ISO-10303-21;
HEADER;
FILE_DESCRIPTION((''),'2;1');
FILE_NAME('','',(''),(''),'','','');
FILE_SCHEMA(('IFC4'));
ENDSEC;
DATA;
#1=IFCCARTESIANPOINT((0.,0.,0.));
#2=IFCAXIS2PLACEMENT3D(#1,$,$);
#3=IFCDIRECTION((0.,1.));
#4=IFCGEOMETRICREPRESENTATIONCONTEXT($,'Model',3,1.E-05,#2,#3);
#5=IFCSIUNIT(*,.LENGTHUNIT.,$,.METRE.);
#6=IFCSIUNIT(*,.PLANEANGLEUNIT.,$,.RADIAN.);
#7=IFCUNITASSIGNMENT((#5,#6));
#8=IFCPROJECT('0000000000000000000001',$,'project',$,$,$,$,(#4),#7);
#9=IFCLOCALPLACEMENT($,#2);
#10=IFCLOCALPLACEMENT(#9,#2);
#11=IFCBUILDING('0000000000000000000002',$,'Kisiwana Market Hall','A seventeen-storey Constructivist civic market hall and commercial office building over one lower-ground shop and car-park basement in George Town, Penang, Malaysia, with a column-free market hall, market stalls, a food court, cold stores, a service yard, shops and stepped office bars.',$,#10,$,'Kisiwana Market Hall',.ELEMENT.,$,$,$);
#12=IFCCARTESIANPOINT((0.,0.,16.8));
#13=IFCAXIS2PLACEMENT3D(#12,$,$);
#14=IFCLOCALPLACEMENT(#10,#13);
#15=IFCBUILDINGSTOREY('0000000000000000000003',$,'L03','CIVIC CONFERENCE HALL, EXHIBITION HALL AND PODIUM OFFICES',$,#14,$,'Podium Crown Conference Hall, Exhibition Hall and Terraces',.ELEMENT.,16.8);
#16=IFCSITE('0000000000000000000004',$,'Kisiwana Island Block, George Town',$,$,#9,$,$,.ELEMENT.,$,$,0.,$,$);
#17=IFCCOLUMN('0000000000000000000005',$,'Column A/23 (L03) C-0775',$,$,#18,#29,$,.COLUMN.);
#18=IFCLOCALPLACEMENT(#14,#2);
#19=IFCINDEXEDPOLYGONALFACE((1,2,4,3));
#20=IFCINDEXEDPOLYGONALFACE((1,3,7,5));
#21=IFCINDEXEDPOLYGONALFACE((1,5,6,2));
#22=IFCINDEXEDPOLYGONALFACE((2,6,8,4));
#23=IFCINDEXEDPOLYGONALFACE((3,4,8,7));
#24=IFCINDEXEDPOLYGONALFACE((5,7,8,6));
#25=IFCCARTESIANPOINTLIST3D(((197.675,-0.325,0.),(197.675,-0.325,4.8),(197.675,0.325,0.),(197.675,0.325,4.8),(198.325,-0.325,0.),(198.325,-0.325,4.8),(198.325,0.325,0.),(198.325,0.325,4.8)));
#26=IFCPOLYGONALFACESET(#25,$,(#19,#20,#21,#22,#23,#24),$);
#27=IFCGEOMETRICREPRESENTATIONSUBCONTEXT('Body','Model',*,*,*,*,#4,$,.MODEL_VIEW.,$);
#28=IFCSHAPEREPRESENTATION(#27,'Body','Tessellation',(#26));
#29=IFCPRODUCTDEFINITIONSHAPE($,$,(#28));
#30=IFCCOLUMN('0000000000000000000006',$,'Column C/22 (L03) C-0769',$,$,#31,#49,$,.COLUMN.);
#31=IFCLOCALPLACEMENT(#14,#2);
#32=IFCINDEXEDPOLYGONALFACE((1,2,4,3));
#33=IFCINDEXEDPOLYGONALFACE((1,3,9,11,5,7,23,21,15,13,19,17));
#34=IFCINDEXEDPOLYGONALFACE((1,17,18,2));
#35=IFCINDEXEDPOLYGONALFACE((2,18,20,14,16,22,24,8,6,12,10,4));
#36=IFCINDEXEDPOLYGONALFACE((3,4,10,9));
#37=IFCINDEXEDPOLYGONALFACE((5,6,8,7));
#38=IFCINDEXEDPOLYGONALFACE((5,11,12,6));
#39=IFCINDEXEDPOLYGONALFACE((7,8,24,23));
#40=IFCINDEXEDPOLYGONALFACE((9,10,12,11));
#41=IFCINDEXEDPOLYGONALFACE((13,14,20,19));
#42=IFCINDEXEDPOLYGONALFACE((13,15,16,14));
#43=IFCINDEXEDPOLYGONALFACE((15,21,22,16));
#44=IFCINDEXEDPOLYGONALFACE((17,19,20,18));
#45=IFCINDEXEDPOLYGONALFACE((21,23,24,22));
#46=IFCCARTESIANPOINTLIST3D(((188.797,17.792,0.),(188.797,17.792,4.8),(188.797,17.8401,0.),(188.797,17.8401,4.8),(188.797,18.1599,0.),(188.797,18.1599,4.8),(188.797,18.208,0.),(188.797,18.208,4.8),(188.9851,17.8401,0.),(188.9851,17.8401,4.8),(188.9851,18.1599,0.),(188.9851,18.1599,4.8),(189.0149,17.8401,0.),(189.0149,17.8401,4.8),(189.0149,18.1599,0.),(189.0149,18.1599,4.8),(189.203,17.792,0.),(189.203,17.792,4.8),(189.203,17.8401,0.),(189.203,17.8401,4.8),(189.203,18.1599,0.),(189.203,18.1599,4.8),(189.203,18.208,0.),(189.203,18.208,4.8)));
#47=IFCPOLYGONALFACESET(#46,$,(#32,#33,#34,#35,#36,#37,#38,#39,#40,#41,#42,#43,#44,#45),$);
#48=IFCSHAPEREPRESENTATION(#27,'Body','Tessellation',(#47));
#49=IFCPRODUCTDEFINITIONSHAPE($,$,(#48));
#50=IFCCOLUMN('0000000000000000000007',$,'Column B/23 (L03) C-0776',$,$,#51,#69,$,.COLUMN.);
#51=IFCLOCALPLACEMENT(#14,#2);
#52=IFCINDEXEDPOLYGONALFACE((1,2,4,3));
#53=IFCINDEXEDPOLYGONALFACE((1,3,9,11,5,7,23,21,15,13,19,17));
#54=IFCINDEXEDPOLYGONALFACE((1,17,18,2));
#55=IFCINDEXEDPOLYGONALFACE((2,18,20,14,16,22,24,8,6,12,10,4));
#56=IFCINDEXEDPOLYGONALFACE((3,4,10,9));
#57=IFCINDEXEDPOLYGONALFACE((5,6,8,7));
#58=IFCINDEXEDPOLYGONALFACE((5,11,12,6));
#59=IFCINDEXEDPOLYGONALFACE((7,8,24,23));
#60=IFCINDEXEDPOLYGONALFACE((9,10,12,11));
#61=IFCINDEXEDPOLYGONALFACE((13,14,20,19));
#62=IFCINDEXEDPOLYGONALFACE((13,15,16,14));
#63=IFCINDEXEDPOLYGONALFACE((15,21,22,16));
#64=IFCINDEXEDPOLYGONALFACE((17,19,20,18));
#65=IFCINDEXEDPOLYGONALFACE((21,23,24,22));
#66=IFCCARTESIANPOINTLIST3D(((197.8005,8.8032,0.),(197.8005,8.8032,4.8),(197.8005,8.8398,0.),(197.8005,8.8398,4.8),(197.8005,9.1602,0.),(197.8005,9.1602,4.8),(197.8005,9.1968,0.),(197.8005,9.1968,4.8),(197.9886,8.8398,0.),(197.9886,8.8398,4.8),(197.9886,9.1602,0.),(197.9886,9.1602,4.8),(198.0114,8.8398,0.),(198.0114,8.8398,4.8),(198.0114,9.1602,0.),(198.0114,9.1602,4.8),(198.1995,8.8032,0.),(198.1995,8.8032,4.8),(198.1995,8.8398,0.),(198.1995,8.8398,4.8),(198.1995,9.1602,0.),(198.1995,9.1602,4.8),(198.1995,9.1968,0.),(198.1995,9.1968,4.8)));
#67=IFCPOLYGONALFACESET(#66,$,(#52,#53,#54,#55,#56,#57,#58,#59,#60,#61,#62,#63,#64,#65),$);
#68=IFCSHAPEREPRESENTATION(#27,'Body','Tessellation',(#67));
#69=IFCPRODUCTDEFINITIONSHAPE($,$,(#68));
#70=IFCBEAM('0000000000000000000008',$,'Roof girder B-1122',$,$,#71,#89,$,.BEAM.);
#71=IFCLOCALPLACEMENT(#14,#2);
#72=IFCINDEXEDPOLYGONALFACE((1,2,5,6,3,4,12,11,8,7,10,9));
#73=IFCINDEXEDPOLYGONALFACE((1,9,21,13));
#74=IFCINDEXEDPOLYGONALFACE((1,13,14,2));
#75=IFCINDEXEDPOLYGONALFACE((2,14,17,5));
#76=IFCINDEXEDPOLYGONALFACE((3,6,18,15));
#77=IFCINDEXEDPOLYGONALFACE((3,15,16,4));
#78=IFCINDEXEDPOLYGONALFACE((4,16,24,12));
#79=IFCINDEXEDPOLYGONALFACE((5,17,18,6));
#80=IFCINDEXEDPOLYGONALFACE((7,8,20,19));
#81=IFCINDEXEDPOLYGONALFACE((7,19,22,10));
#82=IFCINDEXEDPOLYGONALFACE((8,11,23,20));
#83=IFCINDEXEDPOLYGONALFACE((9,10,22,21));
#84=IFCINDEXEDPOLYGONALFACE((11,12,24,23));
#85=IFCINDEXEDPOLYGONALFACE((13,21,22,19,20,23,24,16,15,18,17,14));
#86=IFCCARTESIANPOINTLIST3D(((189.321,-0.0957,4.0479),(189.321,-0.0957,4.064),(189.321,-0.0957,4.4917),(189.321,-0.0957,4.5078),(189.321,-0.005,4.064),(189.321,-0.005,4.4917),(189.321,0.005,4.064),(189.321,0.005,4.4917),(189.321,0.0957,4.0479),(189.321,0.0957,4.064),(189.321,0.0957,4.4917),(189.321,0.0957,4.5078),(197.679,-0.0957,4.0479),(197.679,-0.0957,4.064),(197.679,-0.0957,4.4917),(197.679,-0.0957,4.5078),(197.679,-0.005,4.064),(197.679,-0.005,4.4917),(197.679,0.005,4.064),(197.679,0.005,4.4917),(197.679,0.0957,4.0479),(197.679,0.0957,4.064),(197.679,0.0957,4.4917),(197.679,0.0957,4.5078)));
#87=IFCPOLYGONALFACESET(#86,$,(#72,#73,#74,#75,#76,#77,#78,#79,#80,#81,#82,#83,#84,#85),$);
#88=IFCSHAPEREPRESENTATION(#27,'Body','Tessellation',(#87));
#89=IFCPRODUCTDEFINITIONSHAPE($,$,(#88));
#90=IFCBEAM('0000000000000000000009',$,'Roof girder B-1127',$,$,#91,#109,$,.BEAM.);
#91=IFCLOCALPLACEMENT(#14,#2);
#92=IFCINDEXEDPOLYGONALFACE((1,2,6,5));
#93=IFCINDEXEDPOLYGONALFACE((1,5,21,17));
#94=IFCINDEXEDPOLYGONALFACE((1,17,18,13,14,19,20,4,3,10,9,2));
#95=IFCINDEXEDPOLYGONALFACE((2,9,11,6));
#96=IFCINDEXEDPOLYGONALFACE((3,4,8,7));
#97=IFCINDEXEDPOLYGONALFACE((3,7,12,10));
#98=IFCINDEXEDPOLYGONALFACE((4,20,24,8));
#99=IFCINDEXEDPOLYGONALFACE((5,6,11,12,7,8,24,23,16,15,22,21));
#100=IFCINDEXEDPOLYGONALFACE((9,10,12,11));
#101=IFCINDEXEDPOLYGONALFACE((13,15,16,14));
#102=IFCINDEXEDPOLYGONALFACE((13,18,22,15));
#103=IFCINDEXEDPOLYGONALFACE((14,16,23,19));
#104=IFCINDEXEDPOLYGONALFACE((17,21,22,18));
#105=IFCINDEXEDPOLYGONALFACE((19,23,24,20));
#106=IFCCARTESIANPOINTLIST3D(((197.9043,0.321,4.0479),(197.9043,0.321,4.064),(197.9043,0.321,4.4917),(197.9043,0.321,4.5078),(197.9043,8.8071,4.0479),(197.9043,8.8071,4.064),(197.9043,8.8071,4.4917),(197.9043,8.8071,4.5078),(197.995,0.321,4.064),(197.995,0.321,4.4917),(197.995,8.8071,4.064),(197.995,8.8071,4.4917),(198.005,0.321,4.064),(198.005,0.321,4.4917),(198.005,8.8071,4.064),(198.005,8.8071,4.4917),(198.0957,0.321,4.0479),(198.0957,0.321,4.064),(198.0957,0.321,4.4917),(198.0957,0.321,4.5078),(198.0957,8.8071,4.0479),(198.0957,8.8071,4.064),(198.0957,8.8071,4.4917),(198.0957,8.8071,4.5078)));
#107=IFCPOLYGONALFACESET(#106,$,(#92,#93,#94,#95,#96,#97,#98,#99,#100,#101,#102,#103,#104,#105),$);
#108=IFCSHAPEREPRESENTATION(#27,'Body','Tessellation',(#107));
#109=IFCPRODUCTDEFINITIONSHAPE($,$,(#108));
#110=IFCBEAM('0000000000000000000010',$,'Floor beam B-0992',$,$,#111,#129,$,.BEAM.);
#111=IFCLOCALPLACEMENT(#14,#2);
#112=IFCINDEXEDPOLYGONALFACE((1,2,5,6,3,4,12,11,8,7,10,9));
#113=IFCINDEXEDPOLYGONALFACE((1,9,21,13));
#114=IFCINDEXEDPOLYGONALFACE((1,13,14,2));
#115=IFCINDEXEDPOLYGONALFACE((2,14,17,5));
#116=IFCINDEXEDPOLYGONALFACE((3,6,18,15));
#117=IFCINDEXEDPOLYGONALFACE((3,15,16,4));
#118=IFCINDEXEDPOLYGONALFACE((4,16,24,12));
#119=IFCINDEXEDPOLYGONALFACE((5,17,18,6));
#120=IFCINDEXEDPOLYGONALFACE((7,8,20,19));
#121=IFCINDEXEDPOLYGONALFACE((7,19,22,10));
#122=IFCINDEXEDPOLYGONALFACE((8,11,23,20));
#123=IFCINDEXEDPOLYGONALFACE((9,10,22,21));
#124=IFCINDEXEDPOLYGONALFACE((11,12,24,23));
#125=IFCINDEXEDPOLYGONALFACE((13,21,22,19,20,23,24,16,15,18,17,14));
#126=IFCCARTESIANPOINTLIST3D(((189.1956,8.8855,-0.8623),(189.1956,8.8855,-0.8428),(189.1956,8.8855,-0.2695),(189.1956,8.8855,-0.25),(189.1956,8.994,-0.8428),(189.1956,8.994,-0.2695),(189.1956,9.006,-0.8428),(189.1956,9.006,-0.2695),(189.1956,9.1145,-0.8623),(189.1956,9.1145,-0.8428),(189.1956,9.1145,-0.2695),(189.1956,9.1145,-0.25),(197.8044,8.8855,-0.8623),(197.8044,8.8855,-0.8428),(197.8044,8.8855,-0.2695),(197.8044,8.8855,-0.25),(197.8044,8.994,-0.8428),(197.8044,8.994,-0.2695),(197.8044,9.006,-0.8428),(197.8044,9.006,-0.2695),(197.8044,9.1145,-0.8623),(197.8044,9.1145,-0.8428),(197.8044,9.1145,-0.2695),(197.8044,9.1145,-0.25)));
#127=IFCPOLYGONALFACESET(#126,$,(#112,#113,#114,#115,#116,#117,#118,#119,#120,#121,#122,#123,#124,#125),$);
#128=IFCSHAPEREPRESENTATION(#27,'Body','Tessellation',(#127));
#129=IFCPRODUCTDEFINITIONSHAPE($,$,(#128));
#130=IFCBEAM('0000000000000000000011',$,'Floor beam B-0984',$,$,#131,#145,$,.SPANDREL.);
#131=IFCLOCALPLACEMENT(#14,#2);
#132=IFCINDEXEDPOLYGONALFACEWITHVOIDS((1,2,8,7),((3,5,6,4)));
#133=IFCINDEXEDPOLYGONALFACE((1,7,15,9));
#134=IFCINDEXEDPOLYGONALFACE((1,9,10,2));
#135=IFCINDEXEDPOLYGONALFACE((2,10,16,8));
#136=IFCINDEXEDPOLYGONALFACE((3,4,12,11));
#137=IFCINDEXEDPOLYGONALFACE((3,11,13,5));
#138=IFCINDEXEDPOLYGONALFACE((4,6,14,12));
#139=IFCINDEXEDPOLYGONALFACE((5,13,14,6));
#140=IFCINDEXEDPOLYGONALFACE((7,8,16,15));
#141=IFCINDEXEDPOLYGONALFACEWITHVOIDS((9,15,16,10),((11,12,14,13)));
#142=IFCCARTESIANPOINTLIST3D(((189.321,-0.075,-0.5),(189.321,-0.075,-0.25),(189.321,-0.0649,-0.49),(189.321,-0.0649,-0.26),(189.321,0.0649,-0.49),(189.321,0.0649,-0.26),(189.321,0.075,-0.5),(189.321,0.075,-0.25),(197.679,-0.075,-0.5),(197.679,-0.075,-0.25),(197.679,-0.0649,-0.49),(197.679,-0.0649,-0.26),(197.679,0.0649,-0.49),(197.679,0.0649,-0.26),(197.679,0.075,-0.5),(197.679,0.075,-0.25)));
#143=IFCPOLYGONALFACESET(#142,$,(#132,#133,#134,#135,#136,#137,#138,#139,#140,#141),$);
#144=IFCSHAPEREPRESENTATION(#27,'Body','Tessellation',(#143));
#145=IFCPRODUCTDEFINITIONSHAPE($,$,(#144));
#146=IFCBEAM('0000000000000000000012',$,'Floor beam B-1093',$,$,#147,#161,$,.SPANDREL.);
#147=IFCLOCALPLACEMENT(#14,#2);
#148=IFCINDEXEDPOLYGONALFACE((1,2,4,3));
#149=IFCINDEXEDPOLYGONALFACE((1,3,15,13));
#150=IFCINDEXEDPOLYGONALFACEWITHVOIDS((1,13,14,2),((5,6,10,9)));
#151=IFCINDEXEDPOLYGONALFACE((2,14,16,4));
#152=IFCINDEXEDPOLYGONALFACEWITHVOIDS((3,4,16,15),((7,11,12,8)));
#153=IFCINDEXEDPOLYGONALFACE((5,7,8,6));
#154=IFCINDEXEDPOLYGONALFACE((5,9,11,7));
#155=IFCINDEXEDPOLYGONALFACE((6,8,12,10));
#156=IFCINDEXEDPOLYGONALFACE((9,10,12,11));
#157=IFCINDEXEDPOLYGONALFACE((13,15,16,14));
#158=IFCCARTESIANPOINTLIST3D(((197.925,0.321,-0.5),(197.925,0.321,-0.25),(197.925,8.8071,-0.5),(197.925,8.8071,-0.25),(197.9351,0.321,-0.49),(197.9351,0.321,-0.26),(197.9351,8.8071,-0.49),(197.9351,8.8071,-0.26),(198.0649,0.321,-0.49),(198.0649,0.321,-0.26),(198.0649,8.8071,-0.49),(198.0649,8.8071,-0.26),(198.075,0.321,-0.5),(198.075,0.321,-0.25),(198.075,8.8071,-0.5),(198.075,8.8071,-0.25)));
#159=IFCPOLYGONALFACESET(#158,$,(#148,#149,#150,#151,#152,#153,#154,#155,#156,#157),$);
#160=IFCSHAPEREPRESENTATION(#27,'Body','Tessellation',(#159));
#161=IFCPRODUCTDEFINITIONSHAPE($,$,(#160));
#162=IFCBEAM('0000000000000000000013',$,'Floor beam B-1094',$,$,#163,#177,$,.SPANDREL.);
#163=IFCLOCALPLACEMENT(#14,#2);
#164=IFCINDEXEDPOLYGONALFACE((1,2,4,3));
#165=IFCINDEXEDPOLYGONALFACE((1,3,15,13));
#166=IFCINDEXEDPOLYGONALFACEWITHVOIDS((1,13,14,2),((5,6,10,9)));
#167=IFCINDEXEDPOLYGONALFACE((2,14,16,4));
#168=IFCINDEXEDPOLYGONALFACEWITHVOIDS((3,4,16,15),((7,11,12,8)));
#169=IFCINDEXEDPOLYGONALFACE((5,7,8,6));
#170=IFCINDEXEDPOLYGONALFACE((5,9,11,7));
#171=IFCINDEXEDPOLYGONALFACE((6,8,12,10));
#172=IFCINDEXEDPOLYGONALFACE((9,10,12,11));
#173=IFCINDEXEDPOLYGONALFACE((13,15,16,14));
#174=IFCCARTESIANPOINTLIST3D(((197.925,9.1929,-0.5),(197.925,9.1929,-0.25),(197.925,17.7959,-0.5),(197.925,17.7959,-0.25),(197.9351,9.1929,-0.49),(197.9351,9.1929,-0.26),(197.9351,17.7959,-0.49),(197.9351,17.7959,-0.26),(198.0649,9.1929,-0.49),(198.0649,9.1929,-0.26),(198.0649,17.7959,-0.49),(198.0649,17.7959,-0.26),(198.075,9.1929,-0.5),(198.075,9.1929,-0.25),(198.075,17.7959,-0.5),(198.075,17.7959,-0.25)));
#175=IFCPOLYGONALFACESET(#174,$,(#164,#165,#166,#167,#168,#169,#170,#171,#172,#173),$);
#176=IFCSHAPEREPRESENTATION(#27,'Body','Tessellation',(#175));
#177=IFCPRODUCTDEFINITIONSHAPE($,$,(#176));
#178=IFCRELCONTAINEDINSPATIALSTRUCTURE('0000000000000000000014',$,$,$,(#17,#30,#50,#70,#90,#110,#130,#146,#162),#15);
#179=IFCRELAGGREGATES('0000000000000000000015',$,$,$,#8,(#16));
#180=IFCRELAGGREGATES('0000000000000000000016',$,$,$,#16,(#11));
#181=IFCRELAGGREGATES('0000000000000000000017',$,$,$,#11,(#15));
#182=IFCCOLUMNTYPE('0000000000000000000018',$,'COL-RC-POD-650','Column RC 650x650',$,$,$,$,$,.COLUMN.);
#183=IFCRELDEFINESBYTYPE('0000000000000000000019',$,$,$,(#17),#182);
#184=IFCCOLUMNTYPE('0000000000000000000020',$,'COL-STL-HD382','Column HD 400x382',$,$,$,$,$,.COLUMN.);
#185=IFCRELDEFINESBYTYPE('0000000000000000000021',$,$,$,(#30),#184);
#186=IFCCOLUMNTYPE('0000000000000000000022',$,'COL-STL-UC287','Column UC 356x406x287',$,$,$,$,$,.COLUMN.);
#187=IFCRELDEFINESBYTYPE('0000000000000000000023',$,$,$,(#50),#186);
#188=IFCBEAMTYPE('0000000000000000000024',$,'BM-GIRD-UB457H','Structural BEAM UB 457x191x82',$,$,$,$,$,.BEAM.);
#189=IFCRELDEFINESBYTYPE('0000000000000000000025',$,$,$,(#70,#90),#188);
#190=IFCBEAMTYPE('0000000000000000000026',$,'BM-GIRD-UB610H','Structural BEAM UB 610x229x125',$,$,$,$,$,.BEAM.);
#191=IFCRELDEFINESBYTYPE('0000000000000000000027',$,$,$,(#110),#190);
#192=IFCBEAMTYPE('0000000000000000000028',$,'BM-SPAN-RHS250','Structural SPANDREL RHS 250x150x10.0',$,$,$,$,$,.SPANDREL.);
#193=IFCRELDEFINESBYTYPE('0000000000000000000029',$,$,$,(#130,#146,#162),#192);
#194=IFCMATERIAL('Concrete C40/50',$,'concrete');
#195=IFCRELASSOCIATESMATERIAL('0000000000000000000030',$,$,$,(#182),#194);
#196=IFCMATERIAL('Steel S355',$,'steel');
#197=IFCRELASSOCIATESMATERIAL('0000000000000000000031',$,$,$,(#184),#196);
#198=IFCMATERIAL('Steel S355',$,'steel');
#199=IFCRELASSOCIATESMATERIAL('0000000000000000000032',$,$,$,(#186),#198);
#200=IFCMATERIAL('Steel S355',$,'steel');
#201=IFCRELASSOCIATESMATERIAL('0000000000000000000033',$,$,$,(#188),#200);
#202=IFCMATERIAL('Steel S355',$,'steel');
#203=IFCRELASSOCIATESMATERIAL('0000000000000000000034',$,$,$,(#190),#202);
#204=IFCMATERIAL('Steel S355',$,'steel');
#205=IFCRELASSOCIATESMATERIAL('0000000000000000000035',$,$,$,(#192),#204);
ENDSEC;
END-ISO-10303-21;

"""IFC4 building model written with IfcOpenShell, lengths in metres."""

from ifc_helpers import new_model, si_unit, direction, frame, origin, origin_2d, place, context, subcontext, project, spatial, rectangle, hollow_rectangle, i_section, extrude, material, material_profile, profile_set, type_object, element, save


model = new_model("IFC4")

# Units and contexts
model_context = context("Model", 3, precision=1e-05, world=origin(), true_north=direction((0.0, 1.0)))
body_context = subcontext(model_context, "Body", "Model", "MODEL_VIEW")
ifc_project = project(units=[si_unit("LENGTHUNIT", "METRE"), si_unit("PLANEANGLEUNIT", "RADIAN")], contexts=[model_context])

# Site, building, storey
site_placement = place(None, origin())
site = spatial("IfcSite", under=ifc_project, at=site_placement, Name="Kisiwana Island Block, George Town", CompositionType="ELEMENT", RefElevation=0.0)
building_placement = place(site_placement, origin())
building = spatial("IfcBuilding", under=site, at=building_placement, Name="Kisiwana Market Hall", Description="A seventeen-storey Constructivist civic market hall and commercial office building over one lower-ground shop and car-park basement in George Town, Penang, Malaysia, with a column-free market hall, market stalls, a food court, cold stores, a service yard, shops and stepped office bars.", LongName="Kisiwana Market Hall", CompositionType="ELEMENT")
storey_placement = place(building_placement, frame((0.0, 0.0, 16.8)))
storey = spatial("IfcBuildingStorey", under=building, at=storey_placement, Name="L03", Description="CIVIC CONFERENCE HALL, EXHIBITION HALL AND PODIUM OFFICES", LongName="Podium Crown Conference Hall, Exhibition Hall and Terraces", CompositionType="ELEMENT", Elevation=16.8)

# Columns
ifc_material_1 = material(Name="Concrete C40/50", Category="concrete")
ifc_material_profile_1 = material_profile(ifc_material_1, rectangle(XDim=0.6499, YDim=0.6499, at=origin_2d()), Name="RC 650x650")
ifc_profile_set_1 = profile_set([ifc_material_profile_1], Name="Concrete C40/50")
column_type_1 = type_object("IfcColumnType", Name="COL-RC-POD-650", Description="Column RC 650x650", PredefinedType="COLUMN", material=ifc_profile_set_1)
column_1_placement = place(storey_placement, frame((198.0, 0.0, 0.0), z_axis=(0.0, 0.0, 1.0), x_axis=(1.0, 0.0, 0.0)))
element("IfcColumn", 1, at=column_1_placement, inside=storey, type_object=column_type_1, Name="Column A/23 (L03) C-0775", PredefinedType="COLUMN", context=body_context, shape_type="SweptSolid", body=[
    extrude(rectangle(XDim=0.6499, YDim=0.6499, at=origin_2d()), origin(), (0.0, 0.0, 1.0), 4.8),
])
ifc_material_2 = material(Name="Steel S355", Category="steel")
ifc_material_profile_2 = material_profile(ifc_material_2, i_section(OverallWidth=0.406, OverallDepth=0.416, WebThickness=0.0298, FlangeThickness=0.0481, at=origin_2d()), Name="HD 400x382")
ifc_profile_set_2 = profile_set([ifc_material_profile_2], Name="Steel S355")
column_type_2 = type_object("IfcColumnType", Name="COL-STL-HD382", Description="Column HD 400x382", PredefinedType="COLUMN", material=ifc_profile_set_2)
column_2_placement = place(storey_placement, frame((189.0, 18.0, 0.0), z_axis=(0.0, 0.0, 1.0), x_axis=(1.0, 0.0, 0.0)))
element("IfcColumn", 2, at=column_2_placement, inside=storey, type_object=column_type_2, Name="Column C/22 (L03) C-0769", PredefinedType="COLUMN", context=body_context, shape_type="SweptSolid", body=[
    extrude(i_section(OverallWidth=0.406, OverallDepth=0.416, WebThickness=0.0298, FlangeThickness=0.0481, at=origin_2d()), origin(), (0.0, 0.0, 1.0), 4.8),
])
ifc_material_3 = material(Name="Steel S355", Category="steel")
ifc_material_profile_3 = material_profile(ifc_material_3, i_section(OverallWidth=0.3989, OverallDepth=0.3936, WebThickness=0.0227, FlangeThickness=0.0366, at=origin_2d()), Name="UC 356x406x287")
ifc_profile_set_3 = profile_set([ifc_material_profile_3], Name="Steel S355")
column_type_3 = type_object("IfcColumnType", Name="COL-STL-UC287", Description="Column UC 356x406x287", PredefinedType="COLUMN", material=ifc_profile_set_3)
column_3_placement = place(storey_placement, frame((198.0, 9.0, 0.0), z_axis=(0.0, 0.0, 1.0), x_axis=(1.0, 0.0, 0.0)))
element("IfcColumn", 3, at=column_3_placement, inside=storey, type_object=column_type_3, Name="Column B/23 (L03) C-0776", PredefinedType="COLUMN", context=body_context, shape_type="SweptSolid", body=[
    extrude(i_section(OverallWidth=0.3989, OverallDepth=0.3936, WebThickness=0.0227, FlangeThickness=0.0366, at=origin_2d()), origin(), (0.0, 0.0, 1.0), 4.8),
])

# Beams
ifc_material_4 = material(Name="Steel S355", Category="steel")
ifc_material_profile_4 = material_profile(ifc_material_4, i_section(OverallWidth=0.1914, OverallDepth=0.46, WebThickness=0.01, FlangeThickness=0.0161, at=origin_2d()), Name="UB 457x191x82")
ifc_profile_set_4 = profile_set([ifc_material_profile_4], Name="Steel S355")
beam_type_1 = type_object("IfcBeamType", Name="BM-GIRD-UB457H", Description="Structural BEAM UB 457x191x82", PredefinedType="BEAM", material=ifc_profile_set_4)
beam_1_placement = place(storey_placement, frame((189.321, 0.0, 4.2778), z_axis=(1.0, 0.0, 0.0), x_axis=(0.0, 1.0, 0.0)))
element("IfcBeam", 4, at=beam_1_placement, inside=storey, type_object=beam_type_1, Name="Roof girder B-1122", PredefinedType="BEAM", context=body_context, shape_type="SweptSolid", body=[
    extrude(i_section(OverallWidth=0.1914, OverallDepth=0.46, WebThickness=0.01, FlangeThickness=0.0161, at=origin_2d()), origin(), (0.0, 0.0, 1.0), 8.3579),
])
beam_2_placement = place(storey_placement, frame((198.0, 0.321, 4.2778), z_axis=(0.0, 1.0, 0.0), x_axis=(-1.0, 0.0, 0.0)))
element("IfcBeam", 5, at=beam_2_placement, inside=storey, type_object=beam_type_1, Name="Roof girder B-1127", PredefinedType="BEAM", context=body_context, shape_type="SweptSolid", body=[
    extrude(i_section(OverallWidth=0.1914, OverallDepth=0.46, WebThickness=0.01, FlangeThickness=0.0161, at=origin_2d()), origin(), (0.0, 0.0, 1.0), 8.4861),
])
ifc_material_5 = material(Name="Steel S355", Category="steel")
ifc_material_profile_5 = material_profile(ifc_material_5, i_section(OverallWidth=0.229, OverallDepth=0.6123, WebThickness=0.012, FlangeThickness=0.0195, at=origin_2d()), Name="UB 610x229x125")
ifc_profile_set_5 = profile_set([ifc_material_profile_5], Name="Steel S355")
beam_type_2 = type_object("IfcBeamType", Name="BM-GIRD-UB610H", Description="Structural BEAM UB 610x229x125", PredefinedType="BEAM", material=ifc_profile_set_5)
beam_3_placement = place(storey_placement, frame((189.1956, 9.0, -0.5562), z_axis=(1.0, 0.0, 0.0), x_axis=(0.0, 1.0, 0.0)))
element("IfcBeam", 6, at=beam_3_placement, inside=storey, type_object=beam_type_2, Name="Floor beam B-0992", PredefinedType="BEAM", context=body_context, shape_type="SweptSolid", body=[
    extrude(i_section(OverallWidth=0.229, OverallDepth=0.6123, WebThickness=0.012, FlangeThickness=0.0195, at=origin_2d()), origin(), (0.0, 0.0, 1.0), 8.6089),
])
ifc_material_6 = material(Name="Steel S355", Category="steel")
ifc_material_profile_6 = material_profile(ifc_material_6, hollow_rectangle(XDim=0.1499, YDim=0.25, WallThickness=0.01, at=origin_2d()), Name="RHS 250x150x10.0")
ifc_profile_set_6 = profile_set([ifc_material_profile_6], Name="Steel S355")
beam_type_3 = type_object("IfcBeamType", Name="BM-SPAN-RHS250", Description="Structural SPANDREL RHS 250x150x10.0", PredefinedType="SPANDREL", material=ifc_profile_set_6)
beam_4_placement = place(storey_placement, frame((189.321, 0.0, -0.375), z_axis=(1.0, 0.0, 0.0), x_axis=(0.0, 1.0, 0.0)))
element("IfcBeam", 7, at=beam_4_placement, inside=storey, type_object=beam_type_3, Name="Floor beam B-0984", PredefinedType="SPANDREL", context=body_context, shape_type="SweptSolid", body=[
    extrude(hollow_rectangle(XDim=0.1499, YDim=0.25, WallThickness=0.01, at=origin_2d()), origin(), (0.0, 0.0, 1.0), 8.3579),
])
beam_5_placement = place(storey_placement, frame((198.0, 0.321, -0.375), z_axis=(0.0, 1.0, 0.0), x_axis=(-1.0, 0.0, 0.0)))
element("IfcBeam", 8, at=beam_5_placement, inside=storey, type_object=beam_type_3, Name="Floor beam B-1093", PredefinedType="SPANDREL", context=body_context, shape_type="SweptSolid", body=[
    extrude(hollow_rectangle(XDim=0.1499, YDim=0.25, WallThickness=0.01, at=origin_2d()), origin(), (0.0, 0.0, 1.0), 8.4861),
])
beam_6_placement = place(storey_placement, frame((198.0, 9.1929, -0.375), z_axis=(0.0, 1.0, 0.0), x_axis=(-1.0, 0.0, 0.0)))
element("IfcBeam", 9, at=beam_6_placement, inside=storey, type_object=beam_type_3, Name="Floor beam B-1094", PredefinedType="SPANDREL", context=body_context, shape_type="SweptSolid", body=[
    extrude(hollow_rectangle(XDim=0.1499, YDim=0.25, WallThickness=0.01, at=origin_2d()), origin(), (0.0, 0.0, 1.0), 8.603),
])

save(model, "model.ifc")
